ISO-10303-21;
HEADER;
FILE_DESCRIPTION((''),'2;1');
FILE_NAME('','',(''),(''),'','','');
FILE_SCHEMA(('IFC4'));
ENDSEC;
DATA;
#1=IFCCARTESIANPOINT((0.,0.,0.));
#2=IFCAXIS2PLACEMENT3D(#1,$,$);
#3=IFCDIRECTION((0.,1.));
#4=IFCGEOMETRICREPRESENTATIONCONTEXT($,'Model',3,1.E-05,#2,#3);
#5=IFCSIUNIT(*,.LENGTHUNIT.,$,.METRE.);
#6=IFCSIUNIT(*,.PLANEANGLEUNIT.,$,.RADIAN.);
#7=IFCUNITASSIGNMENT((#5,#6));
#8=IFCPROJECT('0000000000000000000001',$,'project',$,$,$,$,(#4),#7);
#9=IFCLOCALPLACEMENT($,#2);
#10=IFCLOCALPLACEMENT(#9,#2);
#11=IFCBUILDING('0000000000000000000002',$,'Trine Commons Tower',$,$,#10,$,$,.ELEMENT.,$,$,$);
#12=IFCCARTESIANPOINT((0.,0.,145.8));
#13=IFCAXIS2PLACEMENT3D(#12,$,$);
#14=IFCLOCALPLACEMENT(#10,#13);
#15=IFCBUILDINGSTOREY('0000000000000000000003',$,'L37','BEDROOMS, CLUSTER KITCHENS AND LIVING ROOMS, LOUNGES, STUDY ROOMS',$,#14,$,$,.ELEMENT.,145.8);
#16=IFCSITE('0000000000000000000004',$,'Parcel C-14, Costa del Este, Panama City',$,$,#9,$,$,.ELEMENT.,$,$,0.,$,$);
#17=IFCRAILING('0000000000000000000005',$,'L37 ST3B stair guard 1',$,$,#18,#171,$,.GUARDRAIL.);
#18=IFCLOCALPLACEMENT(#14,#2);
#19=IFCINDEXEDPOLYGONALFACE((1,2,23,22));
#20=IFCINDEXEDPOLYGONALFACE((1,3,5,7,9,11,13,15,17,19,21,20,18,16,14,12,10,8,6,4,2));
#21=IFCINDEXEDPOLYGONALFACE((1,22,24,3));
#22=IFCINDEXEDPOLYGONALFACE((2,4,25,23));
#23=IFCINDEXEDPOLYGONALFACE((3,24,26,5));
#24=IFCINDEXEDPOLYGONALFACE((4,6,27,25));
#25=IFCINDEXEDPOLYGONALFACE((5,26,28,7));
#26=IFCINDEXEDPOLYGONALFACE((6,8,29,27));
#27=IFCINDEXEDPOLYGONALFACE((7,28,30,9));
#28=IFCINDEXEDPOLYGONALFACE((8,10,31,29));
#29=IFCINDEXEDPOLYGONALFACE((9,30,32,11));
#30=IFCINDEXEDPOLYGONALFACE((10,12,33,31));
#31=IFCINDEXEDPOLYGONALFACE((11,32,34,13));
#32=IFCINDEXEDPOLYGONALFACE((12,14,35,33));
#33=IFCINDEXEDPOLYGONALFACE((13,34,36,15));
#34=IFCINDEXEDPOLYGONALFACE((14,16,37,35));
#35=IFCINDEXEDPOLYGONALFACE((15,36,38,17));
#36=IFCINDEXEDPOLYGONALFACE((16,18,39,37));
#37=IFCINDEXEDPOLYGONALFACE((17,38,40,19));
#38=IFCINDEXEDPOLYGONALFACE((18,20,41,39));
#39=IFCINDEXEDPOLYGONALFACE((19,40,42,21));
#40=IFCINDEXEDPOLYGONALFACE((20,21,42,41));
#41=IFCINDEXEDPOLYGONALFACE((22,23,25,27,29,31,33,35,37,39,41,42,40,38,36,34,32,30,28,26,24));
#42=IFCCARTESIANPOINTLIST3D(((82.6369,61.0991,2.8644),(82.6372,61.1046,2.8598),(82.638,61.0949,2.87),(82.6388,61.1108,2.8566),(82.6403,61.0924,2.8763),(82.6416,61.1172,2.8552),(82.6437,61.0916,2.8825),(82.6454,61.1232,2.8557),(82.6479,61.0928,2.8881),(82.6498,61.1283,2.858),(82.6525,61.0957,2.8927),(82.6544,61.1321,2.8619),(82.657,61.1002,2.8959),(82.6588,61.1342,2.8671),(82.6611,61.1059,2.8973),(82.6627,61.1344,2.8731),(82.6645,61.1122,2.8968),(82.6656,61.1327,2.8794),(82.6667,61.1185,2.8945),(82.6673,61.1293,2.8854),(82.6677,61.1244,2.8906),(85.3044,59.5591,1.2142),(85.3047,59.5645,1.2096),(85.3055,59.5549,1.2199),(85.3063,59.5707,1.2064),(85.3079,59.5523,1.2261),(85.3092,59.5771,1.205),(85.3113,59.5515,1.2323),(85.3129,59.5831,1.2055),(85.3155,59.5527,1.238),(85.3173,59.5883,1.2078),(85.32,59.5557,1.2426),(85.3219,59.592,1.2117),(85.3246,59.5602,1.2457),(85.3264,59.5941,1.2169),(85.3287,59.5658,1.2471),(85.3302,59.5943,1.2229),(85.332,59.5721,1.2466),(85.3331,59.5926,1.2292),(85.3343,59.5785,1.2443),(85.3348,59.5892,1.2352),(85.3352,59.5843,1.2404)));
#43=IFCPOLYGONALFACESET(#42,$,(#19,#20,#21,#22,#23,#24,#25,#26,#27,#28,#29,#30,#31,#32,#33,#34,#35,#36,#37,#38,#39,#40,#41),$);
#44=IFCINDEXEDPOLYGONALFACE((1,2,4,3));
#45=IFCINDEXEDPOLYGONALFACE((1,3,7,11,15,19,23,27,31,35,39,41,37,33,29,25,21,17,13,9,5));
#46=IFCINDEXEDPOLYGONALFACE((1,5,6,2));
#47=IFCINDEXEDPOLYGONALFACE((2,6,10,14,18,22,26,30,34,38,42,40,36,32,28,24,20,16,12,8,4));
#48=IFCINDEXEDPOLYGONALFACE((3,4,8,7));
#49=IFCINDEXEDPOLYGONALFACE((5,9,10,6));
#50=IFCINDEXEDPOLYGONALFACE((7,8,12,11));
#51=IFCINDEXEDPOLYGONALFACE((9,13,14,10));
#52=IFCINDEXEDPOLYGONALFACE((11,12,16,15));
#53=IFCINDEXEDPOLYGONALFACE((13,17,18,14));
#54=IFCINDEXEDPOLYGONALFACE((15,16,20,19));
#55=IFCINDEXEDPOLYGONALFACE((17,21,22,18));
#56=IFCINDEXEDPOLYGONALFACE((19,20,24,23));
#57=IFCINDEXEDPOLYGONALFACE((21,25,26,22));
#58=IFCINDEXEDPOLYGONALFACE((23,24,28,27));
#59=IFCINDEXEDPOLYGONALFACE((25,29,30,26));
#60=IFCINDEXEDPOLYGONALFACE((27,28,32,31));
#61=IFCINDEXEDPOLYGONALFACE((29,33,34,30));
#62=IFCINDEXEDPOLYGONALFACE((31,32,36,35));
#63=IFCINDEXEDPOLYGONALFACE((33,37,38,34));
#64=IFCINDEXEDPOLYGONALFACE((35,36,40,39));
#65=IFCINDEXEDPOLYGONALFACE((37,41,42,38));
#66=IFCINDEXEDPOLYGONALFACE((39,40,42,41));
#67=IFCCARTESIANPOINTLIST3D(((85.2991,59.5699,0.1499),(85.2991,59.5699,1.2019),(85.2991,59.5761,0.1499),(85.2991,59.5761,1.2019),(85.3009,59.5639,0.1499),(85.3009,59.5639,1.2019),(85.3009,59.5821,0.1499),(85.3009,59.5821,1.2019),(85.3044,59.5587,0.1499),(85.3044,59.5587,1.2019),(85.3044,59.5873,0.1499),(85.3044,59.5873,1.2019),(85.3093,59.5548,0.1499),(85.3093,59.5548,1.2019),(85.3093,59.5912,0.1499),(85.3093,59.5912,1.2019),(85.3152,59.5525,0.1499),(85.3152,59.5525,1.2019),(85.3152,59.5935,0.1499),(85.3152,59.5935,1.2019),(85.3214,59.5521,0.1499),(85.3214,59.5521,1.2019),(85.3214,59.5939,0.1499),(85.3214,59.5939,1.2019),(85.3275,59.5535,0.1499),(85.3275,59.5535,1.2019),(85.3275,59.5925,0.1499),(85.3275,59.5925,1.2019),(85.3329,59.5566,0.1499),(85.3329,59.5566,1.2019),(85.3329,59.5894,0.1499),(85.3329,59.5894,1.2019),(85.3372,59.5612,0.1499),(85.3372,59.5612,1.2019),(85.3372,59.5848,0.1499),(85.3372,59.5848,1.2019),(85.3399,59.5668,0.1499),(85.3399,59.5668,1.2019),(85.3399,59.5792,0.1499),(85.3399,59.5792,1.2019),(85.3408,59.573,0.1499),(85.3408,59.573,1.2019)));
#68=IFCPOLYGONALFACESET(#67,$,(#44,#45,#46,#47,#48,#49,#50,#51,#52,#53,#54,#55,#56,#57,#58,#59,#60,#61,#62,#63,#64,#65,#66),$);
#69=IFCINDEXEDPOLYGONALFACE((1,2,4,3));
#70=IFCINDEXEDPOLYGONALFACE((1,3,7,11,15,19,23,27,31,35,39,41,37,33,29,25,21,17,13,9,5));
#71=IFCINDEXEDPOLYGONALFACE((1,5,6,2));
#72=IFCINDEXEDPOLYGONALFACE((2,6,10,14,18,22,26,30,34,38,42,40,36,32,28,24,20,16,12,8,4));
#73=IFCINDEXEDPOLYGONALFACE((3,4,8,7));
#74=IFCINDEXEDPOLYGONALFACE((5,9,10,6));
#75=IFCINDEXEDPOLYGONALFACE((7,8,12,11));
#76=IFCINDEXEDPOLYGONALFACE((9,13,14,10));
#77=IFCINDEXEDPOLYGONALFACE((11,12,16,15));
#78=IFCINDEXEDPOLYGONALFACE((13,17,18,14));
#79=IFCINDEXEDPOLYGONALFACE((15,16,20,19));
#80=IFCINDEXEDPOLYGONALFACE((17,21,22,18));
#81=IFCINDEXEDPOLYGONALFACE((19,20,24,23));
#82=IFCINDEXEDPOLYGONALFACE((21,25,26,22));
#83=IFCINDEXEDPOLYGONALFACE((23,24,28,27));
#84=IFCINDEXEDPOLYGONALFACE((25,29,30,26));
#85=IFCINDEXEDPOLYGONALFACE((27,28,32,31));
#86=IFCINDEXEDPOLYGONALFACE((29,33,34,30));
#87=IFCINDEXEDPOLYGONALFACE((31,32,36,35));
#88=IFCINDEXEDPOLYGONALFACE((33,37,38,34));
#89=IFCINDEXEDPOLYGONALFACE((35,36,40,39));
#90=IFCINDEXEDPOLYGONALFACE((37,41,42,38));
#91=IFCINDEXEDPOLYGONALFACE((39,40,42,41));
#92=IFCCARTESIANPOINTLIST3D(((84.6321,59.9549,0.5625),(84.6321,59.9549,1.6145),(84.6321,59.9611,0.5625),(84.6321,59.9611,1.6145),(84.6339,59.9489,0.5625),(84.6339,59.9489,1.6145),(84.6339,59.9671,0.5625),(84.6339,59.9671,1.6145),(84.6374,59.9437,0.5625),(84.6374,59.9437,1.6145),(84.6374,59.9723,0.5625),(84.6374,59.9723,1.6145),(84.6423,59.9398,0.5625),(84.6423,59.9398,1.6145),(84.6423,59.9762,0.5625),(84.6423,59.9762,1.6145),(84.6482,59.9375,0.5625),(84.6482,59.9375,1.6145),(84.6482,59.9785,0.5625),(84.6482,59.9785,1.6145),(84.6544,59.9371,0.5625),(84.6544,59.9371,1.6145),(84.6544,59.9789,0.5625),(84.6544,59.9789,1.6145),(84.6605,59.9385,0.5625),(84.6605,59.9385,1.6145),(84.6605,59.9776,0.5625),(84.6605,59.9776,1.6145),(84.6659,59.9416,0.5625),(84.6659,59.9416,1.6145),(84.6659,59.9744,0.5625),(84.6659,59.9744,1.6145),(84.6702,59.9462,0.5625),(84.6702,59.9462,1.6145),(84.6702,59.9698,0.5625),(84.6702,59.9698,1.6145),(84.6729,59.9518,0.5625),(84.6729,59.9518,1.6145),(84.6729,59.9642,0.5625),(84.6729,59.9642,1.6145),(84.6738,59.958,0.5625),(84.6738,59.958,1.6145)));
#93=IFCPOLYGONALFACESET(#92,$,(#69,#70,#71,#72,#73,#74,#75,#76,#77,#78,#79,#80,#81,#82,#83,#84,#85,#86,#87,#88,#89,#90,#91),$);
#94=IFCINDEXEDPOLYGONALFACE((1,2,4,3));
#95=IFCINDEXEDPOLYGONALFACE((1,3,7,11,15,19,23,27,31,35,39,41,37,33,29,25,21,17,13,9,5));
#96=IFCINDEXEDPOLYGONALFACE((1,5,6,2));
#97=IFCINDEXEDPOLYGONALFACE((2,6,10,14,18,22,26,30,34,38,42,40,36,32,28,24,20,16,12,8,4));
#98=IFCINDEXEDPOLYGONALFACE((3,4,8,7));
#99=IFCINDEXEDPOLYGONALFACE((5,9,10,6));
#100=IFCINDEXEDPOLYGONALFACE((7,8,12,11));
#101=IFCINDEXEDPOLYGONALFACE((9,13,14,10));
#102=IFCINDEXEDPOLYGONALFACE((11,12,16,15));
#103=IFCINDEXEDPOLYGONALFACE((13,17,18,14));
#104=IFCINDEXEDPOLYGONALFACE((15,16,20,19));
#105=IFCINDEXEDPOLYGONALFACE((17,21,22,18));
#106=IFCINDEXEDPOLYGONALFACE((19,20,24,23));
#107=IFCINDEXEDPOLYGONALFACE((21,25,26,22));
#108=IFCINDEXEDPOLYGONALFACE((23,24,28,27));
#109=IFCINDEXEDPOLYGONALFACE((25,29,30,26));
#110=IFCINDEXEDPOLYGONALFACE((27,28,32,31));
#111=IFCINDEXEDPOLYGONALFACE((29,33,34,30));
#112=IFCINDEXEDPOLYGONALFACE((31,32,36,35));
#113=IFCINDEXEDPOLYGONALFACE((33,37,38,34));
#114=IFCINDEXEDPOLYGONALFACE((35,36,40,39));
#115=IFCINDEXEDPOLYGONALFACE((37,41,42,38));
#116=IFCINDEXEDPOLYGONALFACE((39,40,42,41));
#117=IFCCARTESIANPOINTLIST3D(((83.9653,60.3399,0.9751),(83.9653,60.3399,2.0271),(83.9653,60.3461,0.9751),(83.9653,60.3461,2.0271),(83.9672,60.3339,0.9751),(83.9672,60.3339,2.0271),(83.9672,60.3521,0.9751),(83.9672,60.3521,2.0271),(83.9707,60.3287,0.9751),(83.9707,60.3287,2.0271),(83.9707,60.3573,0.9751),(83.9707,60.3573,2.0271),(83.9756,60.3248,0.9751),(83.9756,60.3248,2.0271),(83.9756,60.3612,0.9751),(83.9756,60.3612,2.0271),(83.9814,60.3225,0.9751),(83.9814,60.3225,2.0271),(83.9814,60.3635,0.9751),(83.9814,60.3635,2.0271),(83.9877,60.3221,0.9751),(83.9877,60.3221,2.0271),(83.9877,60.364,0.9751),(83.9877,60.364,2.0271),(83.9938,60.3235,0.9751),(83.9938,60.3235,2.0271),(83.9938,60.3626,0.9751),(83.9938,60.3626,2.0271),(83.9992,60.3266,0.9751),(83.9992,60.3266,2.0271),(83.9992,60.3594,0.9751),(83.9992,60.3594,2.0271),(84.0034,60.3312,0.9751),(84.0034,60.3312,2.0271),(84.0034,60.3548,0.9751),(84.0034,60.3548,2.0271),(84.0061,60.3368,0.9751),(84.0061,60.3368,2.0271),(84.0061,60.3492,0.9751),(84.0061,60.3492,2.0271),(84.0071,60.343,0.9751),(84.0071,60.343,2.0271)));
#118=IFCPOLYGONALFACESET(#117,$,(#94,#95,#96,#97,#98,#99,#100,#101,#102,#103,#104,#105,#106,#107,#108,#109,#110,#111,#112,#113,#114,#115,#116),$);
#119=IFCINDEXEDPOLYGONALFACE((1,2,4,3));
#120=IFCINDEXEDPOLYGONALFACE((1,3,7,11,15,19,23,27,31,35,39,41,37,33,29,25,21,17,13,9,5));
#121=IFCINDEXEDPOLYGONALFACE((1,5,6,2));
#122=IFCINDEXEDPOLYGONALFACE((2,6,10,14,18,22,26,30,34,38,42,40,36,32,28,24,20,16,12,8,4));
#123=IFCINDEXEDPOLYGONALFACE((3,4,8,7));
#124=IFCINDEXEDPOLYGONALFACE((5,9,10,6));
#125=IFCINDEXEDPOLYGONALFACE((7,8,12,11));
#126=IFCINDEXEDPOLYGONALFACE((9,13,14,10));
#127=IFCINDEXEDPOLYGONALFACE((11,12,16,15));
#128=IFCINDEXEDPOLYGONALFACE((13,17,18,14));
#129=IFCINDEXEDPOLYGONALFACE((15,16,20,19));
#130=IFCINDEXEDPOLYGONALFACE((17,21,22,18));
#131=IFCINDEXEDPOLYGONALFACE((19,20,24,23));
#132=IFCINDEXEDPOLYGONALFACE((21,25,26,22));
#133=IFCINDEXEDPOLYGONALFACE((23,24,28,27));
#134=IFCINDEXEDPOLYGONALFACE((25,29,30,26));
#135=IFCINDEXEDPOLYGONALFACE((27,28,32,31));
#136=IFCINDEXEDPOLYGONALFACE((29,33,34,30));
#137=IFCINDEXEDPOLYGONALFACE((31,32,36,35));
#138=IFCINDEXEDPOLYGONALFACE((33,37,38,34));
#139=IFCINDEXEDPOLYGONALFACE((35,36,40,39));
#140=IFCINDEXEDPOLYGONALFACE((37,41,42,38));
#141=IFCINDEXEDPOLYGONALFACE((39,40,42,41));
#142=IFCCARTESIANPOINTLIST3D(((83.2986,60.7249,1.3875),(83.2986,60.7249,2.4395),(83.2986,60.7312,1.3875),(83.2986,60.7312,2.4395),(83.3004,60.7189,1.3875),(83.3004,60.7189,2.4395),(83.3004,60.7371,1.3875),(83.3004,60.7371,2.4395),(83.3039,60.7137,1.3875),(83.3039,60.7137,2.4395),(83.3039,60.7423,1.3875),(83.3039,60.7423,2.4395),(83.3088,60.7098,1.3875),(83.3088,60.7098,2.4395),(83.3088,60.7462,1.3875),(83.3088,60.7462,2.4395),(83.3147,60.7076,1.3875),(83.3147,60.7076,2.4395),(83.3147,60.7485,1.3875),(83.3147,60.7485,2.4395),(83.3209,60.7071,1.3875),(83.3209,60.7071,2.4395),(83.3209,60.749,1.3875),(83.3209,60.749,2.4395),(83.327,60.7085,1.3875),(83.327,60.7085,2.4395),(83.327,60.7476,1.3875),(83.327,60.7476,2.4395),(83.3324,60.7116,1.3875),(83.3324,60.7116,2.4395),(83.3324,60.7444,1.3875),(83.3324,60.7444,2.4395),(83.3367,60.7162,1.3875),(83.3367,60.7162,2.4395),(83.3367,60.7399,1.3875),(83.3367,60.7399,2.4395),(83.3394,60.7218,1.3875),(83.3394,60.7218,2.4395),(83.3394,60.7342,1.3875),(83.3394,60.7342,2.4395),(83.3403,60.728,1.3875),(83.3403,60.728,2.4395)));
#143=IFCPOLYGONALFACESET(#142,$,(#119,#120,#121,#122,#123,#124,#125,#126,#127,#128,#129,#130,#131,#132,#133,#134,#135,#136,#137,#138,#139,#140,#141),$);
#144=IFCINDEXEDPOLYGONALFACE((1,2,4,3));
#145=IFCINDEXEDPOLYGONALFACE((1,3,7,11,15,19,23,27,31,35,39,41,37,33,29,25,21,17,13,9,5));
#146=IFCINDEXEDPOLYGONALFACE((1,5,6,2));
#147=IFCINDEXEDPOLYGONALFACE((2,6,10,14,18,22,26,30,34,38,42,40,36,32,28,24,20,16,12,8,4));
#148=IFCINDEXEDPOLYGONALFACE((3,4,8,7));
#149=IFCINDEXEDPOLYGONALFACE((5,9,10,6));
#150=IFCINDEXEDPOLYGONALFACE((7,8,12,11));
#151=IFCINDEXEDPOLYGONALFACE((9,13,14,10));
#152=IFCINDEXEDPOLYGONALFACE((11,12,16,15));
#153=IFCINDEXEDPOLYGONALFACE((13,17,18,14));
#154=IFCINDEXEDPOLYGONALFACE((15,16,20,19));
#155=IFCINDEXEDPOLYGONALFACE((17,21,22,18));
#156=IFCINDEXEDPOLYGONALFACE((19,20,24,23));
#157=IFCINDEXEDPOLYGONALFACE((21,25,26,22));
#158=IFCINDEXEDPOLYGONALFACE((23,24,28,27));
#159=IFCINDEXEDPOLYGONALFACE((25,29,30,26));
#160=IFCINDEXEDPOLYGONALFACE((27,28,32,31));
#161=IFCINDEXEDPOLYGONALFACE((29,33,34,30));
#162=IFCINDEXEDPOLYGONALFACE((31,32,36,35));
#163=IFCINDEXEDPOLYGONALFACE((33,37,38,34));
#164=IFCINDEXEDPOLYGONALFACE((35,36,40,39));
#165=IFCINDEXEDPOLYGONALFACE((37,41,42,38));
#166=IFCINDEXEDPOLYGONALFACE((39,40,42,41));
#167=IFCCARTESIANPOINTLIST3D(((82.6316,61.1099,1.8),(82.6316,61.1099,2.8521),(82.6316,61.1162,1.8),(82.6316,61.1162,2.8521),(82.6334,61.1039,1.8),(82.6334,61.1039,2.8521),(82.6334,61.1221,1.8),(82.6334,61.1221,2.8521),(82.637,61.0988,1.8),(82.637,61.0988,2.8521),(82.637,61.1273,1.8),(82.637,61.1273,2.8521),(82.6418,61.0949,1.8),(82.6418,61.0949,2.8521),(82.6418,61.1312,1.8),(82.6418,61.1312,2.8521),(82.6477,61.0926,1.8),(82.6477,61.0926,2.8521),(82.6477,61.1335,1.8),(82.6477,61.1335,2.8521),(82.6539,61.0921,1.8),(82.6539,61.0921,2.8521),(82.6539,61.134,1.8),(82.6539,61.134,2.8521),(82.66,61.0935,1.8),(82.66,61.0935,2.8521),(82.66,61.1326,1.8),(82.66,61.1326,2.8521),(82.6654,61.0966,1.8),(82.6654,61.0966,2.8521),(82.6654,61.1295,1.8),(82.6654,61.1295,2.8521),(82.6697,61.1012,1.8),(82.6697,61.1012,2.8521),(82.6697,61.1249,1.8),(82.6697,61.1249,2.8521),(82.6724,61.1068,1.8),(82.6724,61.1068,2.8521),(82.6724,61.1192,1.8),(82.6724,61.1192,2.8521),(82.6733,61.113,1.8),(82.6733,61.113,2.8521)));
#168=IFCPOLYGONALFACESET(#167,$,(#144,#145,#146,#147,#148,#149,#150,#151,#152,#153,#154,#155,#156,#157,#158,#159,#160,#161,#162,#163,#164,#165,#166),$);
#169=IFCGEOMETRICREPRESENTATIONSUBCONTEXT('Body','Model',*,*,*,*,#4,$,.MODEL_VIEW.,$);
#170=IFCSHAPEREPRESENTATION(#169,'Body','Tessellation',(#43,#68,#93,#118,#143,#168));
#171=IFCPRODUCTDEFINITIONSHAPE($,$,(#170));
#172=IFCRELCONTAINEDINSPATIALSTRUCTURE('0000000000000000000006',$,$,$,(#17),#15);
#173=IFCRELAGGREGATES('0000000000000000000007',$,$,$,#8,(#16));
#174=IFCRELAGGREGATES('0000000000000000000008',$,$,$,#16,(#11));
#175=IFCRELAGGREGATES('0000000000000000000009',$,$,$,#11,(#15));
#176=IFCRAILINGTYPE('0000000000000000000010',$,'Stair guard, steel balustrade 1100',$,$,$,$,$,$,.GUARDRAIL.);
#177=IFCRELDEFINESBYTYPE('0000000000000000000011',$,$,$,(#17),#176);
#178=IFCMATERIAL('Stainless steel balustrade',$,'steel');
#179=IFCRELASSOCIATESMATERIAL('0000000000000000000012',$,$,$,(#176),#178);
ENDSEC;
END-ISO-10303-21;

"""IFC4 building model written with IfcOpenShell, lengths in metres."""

from ifc_helpers import new_model, si_unit, direction, frame, origin, origin_2d, place, context, subcontext, project, spatial, circle, extrude, material, type_object, element, save


model = new_model("IFC4")

# Units and contexts
model_context = context("Model", 3, precision=1e-05, world=origin(), true_north=direction((0.0, 1.0)))
body_context = subcontext(model_context, "Body", "Model", "MODEL_VIEW")
ifc_project = project(units=[si_unit("LENGTHUNIT", "METRE"), si_unit("PLANEANGLEUNIT", "RADIAN")], contexts=[model_context])

# Site, building, storey
site_placement = place(None, origin())
site = spatial("IfcSite", under=ifc_project, at=site_placement, Name="Parcel C-14, Costa del Este, Panama City", CompositionType="ELEMENT", RefElevation=0.0)
building_placement = place(site_placement, origin())
building = spatial("IfcBuilding", under=site, at=building_placement, Name="Trine Commons Tower", CompositionType="ELEMENT")
storey_placement = place(building_placement, frame((0.0, 0.0, 145.8)))
storey = spatial("IfcBuildingStorey", under=building, at=storey_placement, Name="L37", Description="BEDROOMS, CLUSTER KITCHENS AND LIVING ROOMS, LOUNGES, STUDY ROOMS", CompositionType="ELEMENT", Elevation=145.8)

# Railing
ifc_material_1 = material(Name="Stainless steel balustrade", Category="steel")
railing_type_1 = type_object("IfcRailingType", Name="Stair guard, steel balustrade 1100", PredefinedType="GUARDRAIL", material=ifc_material_1)
railing_1_placement = place(storey_placement, frame((85.3198, 59.573, 0.1499)))
element("IfcRailing", 1, at=railing_1_placement, inside=storey, type_object=railing_type_1, Name="L37 ST3B stair guard 1", PredefinedType="GUARDRAIL", context=body_context, shape_type="SweptSolid", body=[
    extrude(circle(Radius=0.0239, at=origin_2d()), frame((0.0, 0.0, 1.0762), z_axis=(-0.76338, 0.440728, 0.472239), x_axis=(-0.499992, -0.86603, 0.0)), (0.0, 0.0, 1.0), 3.4944),
    extrude(circle(Radius=0.021, at=origin_2d()), origin(), (0.0, 0.0, 1.0), 1.052),
    extrude(circle(Radius=0.021, at=origin_2d()), frame((-0.667, 0.385, 0.4126)), (0.0, 0.0, 1.0), 1.052),
    extrude(circle(Radius=0.021, at=origin_2d()), frame((-1.3337, 0.77, 0.8252)), (0.0, 0.0, 1.0), 1.052),
    extrude(circle(Radius=0.021, at=origin_2d()), frame((-2.0005, 1.155, 1.2375)), (0.0, 0.0, 1.0), 1.052),
    extrude(circle(Radius=0.021, at=origin_2d()), frame((-2.6675, 1.54, 1.6501)), (0.0, 0.0, 1.0), 1.052),
])

save(model, "model.ifc")
